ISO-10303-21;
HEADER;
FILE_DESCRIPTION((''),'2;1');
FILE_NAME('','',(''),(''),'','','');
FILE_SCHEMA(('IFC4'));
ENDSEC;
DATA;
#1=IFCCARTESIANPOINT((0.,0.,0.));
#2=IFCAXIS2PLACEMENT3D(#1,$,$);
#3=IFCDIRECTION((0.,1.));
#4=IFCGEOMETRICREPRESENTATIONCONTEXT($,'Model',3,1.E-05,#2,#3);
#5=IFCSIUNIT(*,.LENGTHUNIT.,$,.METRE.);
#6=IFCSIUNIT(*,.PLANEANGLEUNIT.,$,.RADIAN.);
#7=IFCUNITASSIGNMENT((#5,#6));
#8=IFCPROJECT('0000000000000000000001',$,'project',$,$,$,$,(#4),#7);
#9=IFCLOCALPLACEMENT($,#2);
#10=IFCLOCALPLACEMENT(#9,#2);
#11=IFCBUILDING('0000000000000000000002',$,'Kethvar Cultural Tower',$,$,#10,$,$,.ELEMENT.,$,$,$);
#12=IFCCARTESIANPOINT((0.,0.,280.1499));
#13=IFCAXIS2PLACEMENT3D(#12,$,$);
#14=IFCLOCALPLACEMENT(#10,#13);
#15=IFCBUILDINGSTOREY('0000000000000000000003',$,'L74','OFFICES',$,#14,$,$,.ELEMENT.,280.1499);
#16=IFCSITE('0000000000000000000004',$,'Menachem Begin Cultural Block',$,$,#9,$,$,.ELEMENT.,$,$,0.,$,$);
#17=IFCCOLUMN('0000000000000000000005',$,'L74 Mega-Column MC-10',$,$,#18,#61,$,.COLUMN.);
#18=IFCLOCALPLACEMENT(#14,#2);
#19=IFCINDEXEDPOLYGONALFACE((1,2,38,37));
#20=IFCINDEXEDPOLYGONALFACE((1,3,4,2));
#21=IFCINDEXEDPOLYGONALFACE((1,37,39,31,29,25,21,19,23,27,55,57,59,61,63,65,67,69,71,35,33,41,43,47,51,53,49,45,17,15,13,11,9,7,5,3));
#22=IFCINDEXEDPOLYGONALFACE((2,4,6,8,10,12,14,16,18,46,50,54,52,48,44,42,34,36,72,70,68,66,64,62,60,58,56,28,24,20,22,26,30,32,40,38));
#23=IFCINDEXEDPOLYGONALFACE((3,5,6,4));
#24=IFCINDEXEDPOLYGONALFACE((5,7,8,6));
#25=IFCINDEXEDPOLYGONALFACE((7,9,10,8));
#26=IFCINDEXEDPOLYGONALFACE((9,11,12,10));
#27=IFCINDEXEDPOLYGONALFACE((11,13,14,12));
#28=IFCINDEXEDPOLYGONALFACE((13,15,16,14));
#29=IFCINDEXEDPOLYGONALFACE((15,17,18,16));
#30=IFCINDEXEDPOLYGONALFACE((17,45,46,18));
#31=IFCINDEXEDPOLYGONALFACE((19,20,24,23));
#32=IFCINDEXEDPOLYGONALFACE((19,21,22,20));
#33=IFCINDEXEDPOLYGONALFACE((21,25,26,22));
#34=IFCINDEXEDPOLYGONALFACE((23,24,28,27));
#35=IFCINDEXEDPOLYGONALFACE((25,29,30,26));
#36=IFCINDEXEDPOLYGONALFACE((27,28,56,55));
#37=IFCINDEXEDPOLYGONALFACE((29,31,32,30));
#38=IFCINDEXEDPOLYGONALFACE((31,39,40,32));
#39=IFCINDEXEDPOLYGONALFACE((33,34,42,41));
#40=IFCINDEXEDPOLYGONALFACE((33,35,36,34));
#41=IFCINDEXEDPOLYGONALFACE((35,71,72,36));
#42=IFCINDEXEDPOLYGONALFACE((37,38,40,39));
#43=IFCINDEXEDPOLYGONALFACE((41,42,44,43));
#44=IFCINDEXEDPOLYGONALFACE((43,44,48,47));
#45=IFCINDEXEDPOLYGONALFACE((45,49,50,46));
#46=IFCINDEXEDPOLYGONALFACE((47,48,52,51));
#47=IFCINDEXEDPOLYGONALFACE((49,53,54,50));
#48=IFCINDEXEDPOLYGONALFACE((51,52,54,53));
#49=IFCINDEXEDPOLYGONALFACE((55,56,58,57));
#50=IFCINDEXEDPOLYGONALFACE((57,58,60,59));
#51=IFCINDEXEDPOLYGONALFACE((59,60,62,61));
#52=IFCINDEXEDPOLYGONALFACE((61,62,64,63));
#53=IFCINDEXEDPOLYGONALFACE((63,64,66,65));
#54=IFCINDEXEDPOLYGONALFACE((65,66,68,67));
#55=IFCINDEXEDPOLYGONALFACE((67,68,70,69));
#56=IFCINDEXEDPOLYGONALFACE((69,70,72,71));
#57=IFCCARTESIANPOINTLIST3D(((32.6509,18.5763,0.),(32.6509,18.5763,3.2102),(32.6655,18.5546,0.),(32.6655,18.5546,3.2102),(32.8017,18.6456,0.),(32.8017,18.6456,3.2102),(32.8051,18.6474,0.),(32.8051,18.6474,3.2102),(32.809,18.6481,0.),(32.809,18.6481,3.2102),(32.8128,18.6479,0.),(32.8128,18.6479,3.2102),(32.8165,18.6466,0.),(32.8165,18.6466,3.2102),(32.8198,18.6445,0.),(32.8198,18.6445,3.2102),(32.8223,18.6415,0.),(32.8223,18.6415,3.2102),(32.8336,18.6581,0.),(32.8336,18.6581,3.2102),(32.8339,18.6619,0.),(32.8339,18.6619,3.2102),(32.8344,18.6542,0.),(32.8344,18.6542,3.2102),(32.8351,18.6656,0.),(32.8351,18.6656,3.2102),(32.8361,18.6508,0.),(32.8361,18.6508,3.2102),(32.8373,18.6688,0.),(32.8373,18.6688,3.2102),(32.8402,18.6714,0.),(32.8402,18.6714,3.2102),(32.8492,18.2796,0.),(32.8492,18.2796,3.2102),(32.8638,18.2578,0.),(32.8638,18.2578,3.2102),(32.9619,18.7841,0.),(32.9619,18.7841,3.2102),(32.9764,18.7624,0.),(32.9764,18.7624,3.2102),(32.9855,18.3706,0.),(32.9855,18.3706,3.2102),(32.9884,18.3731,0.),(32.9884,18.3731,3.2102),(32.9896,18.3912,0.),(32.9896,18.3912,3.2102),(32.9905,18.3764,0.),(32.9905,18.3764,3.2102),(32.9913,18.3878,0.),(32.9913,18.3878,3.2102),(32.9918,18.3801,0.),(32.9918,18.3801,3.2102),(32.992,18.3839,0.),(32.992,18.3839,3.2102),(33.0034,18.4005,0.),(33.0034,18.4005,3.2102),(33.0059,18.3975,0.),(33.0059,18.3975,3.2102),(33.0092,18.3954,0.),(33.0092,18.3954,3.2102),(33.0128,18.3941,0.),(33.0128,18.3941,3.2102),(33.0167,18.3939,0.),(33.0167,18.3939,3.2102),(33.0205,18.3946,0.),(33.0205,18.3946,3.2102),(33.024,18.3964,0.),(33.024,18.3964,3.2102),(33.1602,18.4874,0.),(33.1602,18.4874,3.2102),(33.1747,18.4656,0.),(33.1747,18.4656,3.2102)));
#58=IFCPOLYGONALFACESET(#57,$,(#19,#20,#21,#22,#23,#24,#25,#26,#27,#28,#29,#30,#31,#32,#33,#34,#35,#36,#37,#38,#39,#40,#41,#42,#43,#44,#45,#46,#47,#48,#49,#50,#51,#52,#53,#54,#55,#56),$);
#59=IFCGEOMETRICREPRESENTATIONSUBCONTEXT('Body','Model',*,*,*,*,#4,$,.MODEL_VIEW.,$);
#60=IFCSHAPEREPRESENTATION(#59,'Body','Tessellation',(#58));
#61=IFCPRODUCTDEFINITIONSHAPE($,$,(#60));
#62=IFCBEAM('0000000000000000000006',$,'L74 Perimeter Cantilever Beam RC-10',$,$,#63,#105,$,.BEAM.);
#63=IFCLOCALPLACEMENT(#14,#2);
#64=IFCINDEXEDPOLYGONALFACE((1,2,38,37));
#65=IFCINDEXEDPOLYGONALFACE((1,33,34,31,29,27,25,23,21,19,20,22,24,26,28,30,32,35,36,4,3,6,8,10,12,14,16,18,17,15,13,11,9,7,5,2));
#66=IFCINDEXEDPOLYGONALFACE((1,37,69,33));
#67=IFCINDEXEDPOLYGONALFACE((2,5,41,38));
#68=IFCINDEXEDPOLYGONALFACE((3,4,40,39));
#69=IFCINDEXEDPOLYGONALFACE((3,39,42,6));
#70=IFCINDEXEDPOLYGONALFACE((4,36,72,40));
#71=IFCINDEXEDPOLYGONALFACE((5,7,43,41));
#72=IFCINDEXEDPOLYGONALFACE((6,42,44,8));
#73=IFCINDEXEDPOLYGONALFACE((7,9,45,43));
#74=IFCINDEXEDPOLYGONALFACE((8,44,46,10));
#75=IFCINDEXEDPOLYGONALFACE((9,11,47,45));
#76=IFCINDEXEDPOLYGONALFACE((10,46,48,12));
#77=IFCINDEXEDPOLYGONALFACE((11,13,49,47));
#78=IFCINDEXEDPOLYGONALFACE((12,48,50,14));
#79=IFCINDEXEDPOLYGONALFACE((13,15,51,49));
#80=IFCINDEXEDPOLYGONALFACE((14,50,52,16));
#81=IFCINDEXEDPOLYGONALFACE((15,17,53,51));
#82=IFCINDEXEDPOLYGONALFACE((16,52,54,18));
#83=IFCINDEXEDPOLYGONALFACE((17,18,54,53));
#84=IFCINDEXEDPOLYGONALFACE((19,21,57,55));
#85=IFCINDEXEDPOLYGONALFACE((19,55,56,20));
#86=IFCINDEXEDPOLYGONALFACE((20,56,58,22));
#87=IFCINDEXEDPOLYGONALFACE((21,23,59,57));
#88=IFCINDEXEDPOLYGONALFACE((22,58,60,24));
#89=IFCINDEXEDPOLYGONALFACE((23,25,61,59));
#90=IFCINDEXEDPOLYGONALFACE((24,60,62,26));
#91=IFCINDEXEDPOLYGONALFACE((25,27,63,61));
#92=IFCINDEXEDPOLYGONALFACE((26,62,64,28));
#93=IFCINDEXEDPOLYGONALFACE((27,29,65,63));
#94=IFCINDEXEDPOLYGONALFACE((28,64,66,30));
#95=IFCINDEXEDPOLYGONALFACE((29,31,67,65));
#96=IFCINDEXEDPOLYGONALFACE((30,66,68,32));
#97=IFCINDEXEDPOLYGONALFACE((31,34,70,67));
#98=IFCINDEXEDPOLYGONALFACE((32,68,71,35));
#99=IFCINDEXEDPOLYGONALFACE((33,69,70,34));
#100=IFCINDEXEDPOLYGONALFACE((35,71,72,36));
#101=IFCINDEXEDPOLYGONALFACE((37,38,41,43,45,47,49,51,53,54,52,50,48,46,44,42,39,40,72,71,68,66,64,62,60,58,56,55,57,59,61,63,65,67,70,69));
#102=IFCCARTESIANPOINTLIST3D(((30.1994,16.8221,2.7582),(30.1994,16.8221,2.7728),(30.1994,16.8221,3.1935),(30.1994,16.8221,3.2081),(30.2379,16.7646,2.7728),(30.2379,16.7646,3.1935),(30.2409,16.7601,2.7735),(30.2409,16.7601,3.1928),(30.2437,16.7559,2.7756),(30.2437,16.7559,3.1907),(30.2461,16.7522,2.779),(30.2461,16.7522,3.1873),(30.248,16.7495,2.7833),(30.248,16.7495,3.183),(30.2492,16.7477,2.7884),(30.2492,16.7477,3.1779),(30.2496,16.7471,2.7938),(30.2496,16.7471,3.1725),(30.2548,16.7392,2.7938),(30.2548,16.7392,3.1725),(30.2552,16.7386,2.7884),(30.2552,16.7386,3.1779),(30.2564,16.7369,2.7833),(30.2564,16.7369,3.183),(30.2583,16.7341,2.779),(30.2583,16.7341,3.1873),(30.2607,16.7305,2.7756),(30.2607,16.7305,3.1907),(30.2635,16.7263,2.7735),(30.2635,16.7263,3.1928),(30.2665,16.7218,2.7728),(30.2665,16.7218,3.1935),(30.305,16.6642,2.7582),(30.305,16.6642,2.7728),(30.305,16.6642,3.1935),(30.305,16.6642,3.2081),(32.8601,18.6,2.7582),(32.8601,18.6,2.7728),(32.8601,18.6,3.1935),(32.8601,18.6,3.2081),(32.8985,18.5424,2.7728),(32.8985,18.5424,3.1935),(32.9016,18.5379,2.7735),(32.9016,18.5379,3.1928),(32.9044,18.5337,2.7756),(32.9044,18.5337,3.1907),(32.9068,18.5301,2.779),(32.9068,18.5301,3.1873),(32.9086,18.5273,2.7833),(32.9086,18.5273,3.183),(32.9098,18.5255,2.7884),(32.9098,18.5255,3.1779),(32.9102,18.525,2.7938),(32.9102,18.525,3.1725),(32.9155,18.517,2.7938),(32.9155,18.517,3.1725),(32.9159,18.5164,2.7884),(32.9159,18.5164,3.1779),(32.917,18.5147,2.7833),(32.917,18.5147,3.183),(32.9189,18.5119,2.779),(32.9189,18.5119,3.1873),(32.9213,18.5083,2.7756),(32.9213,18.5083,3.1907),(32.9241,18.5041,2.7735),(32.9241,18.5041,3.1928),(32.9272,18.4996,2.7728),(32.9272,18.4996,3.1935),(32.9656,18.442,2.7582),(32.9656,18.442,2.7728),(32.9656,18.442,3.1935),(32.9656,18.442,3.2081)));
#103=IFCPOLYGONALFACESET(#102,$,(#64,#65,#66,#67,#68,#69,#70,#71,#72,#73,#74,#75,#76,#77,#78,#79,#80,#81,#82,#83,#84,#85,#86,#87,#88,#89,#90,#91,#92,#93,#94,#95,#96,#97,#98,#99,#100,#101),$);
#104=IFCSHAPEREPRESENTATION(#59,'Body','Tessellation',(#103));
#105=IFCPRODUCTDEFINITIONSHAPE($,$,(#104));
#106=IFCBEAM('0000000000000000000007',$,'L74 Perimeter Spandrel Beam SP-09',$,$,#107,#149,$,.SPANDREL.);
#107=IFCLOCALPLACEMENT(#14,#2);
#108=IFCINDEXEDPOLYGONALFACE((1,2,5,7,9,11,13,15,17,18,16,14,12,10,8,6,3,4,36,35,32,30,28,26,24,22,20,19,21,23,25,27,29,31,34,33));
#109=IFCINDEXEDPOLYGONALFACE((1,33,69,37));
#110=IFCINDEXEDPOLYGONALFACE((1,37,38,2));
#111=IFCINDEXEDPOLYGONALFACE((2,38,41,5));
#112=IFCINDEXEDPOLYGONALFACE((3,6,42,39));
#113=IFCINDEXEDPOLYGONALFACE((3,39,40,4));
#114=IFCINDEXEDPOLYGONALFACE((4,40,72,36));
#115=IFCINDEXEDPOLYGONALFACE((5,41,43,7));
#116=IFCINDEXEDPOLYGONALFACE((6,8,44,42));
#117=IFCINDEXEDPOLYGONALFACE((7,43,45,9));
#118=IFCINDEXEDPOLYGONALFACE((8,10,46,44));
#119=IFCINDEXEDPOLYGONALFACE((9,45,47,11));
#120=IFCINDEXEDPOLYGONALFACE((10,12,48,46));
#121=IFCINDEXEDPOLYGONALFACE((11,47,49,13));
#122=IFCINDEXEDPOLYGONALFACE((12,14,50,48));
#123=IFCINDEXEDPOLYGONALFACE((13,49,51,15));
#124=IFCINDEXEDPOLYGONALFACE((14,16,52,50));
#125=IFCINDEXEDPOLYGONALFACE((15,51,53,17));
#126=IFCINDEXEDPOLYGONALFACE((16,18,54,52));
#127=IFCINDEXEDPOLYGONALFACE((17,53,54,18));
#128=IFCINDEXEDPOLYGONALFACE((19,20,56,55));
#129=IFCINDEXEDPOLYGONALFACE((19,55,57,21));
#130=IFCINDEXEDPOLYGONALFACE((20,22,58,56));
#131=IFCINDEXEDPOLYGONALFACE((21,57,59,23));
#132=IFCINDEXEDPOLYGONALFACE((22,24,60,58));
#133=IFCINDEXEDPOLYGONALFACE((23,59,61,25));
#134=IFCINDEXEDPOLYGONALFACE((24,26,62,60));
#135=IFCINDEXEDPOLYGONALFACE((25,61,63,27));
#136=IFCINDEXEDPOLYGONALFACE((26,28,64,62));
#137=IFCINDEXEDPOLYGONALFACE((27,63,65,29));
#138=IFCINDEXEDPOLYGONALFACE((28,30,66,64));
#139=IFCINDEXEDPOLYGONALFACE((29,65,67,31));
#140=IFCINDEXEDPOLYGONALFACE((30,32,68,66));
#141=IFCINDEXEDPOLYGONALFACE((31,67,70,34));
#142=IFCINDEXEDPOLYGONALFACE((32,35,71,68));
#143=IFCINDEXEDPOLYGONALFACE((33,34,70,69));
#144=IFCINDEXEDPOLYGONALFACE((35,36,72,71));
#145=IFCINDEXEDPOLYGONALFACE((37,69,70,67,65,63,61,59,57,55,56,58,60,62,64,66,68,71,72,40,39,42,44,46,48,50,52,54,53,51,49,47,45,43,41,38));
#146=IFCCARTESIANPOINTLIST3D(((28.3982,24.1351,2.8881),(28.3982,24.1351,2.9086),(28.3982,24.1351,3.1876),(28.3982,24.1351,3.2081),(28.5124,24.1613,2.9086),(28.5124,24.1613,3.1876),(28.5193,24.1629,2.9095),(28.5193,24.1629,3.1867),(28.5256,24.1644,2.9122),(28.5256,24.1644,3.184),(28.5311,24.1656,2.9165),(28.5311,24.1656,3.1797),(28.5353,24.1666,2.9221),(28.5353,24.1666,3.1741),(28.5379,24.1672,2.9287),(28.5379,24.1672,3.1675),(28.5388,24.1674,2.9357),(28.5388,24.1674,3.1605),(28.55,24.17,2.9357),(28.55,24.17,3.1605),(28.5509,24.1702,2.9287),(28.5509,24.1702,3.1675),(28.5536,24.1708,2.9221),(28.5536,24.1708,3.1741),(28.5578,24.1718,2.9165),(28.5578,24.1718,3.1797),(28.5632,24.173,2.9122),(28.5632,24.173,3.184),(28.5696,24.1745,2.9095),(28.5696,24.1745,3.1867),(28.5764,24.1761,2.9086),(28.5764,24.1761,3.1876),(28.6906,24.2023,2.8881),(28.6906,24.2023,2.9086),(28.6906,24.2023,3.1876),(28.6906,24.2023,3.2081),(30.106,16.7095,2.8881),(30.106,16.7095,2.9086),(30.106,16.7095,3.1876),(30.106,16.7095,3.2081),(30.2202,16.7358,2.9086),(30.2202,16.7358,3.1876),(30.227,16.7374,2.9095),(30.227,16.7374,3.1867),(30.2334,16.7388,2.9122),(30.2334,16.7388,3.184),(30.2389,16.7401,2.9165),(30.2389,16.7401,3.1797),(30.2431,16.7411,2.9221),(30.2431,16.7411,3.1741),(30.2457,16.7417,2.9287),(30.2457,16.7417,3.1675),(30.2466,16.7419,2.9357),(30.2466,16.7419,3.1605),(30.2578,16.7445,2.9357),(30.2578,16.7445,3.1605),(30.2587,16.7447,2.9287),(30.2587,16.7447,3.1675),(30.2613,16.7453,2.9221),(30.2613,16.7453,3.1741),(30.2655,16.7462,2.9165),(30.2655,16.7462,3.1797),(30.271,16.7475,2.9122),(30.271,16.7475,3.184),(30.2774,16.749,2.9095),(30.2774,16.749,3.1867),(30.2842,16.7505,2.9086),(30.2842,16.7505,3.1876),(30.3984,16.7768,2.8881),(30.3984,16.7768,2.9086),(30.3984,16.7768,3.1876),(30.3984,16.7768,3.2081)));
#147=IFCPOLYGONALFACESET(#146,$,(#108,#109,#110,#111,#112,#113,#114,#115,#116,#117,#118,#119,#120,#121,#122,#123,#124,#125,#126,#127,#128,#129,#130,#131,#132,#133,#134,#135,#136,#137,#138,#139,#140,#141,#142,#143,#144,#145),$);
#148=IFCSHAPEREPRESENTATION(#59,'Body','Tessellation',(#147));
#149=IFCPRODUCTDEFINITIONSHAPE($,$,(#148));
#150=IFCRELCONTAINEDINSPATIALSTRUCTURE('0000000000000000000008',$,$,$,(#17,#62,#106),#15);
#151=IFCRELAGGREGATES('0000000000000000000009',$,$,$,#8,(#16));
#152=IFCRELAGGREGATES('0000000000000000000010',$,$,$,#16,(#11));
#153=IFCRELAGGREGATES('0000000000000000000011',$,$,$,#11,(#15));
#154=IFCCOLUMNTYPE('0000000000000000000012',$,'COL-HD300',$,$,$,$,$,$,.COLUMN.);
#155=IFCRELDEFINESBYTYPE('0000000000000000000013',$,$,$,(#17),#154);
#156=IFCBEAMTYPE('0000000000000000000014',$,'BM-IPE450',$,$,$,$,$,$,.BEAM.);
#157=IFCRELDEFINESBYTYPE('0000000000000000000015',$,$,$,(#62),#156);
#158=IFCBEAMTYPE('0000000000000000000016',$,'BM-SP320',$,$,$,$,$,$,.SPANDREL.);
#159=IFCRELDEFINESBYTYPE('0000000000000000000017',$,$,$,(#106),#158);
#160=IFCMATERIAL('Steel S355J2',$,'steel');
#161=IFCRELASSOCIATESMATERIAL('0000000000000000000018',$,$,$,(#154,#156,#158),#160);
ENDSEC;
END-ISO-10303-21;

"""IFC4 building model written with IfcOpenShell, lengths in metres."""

from ifc_helpers import new_model, si_unit, direction, frame, origin, origin_2d, place, context, subcontext, project, spatial, i_section, extrude, source, transform, mapped, material, material_profile, profile_set, type_object, element, save


model = new_model("IFC4")

# Units and contexts
model_context = context("Model", 3, precision=1e-05, world=origin(), true_north=direction((0.0, 1.0)))
body_context = subcontext(model_context, "Body", "Model", "MODEL_VIEW")
ifc_project = project(units=[si_unit("LENGTHUNIT", "METRE"), si_unit("PLANEANGLEUNIT", "RADIAN")], contexts=[model_context])

# Site, building, storey
site_placement = place(None, origin())
site = spatial("IfcSite", under=ifc_project, at=site_placement, Name="Menachem Begin Cultural Block", CompositionType="ELEMENT", RefElevation=0.0)
building_placement = place(site_placement, origin())
building = spatial("IfcBuilding", under=site, at=building_placement, Name="Kethvar Cultural Tower", CompositionType="ELEMENT")
storey_placement = place(building_placement, frame((0.0, 0.0, 280.1499)))
storey = spatial("IfcBuildingStorey", under=building, at=storey_placement, Name="L74", Description="OFFICES", CompositionType="ELEMENT", Elevation=280.1499)

# Column
ifc_material_1 = material(Name="Steel S355J2", Category="steel")
ifc_material_profile_1 = material_profile(ifc_material_1, i_section(OverallWidth=0.374, OverallDepth=0.3831, WebThickness=0.0166, FlangeThickness=0.0261, FilletRadius=0.0149, at=origin_2d()), Name="Steel S355J2 — HD360x300")
ifc_profile_set_1 = profile_set([ifc_material_profile_1], Name="Steel S355J2 — HD360x300")
column_type = type_object("IfcColumnType", Name="COL-HD300", PredefinedType="COLUMN", material=ifc_profile_set_1)
shared_shape_1 = source(origin(), body_context, "Body", "SweptSolid", [
    extrude(i_section(OverallWidth=0.374, OverallDepth=0.3831, WebThickness=0.0166, FlangeThickness=0.0261, FilletRadius=0.0149, at=origin_2d()), origin(), (0.0, 0.0, 1.0), 3.2102),
])
column_placement = place(storey_placement, frame((32.9128, 18.521, 0.0), z_axis=(0.0, 0.0, 1.0), x_axis=(-0.83147, -0.55557, 0.0)))
element("IfcColumn", 1, at=column_placement, inside=storey, type_object=column_type, Name="L74 Mega-Column MC-10", PredefinedType="COLUMN", context=body_context, shape_type="MappedRepresentation", body=[
    mapped(shared_shape_1, transform((0.0, 0.0, 0.0), scale=1.0)),
])

# Beams
ifc_material_profile_2 = material_profile(ifc_material_1, i_section(OverallWidth=0.1899, OverallDepth=0.45, WebThickness=0.0095, FlangeThickness=0.0146, FilletRadius=0.021, at=origin_2d()), Name="Steel S355J2 — IPE450")
ifc_profile_set_2 = profile_set([ifc_material_profile_2], Name="Steel S355J2 — IPE450")
beam_type_1 = type_object("IfcBeamType", Name="BM-IPE450", PredefinedType="BEAM", material=ifc_profile_set_2)
shared_shape_2 = source(origin(), body_context, "Body", "SweptSolid", [
    extrude(i_section(OverallWidth=0.1899, OverallDepth=0.45, WebThickness=0.0095, FlangeThickness=0.0146, FilletRadius=0.021, at=origin_2d()), origin(), (0.0, 0.0, 1.0), 3.2),
])
beam_1_placement = place(storey_placement, frame((32.9128, 18.521, 2.9832), z_axis=(-0.831463, -0.55558, 0.0), x_axis=(0.55558, -0.831463, 0.0)))
element("IfcBeam", 2, at=beam_1_placement, inside=storey, type_object=beam_type_1, Name="L74 Perimeter Cantilever Beam RC-10", PredefinedType="BEAM", context=body_context, shape_type="MappedRepresentation", body=[
    mapped(shared_shape_2, transform((0.0, 0.0, 0.0), scale=1.0)),
])
ifc_material_profile_3 = material_profile(ifc_material_1, i_section(OverallWidth=0.3, OverallDepth=0.3201, WebThickness=0.0115, FlangeThickness=0.0205, FilletRadius=0.0271, at=origin_2d()), Name="Steel S355J2 — HEB320")
ifc_profile_set_3 = profile_set([ifc_material_profile_3], Name="Steel S355J2 — HEB320")
beam_type_2 = type_object("IfcBeamType", Name="BM-SP320", PredefinedType="SPANDREL", material=ifc_profile_set_3)
shared_shape_3 = source(origin(), body_context, "Body", "SweptSolid", [
    extrude(i_section(OverallWidth=0.3, OverallDepth=0.3201, WebThickness=0.0115, FlangeThickness=0.0205, FilletRadius=0.0271, at=origin_2d()), origin(), (0.0, 0.0, 1.0), 7.6194),
])
beam_2_placement = place(storey_placement, frame((28.5444, 24.1687, 3.0481), z_axis=(0.224134, -0.974558, 0.0), x_axis=(0.974558, 0.224134, 0.0)))
element("IfcBeam", 3, at=beam_2_placement, inside=storey, type_object=beam_type_2, Name="L74 Perimeter Spandrel Beam SP-09", PredefinedType="SPANDREL", context=body_context, shape_type="MappedRepresentation", body=[
    mapped(shared_shape_3, transform((0.0, 0.0, 0.0), scale=1.0)),
])

save(model, "model.ifc")
